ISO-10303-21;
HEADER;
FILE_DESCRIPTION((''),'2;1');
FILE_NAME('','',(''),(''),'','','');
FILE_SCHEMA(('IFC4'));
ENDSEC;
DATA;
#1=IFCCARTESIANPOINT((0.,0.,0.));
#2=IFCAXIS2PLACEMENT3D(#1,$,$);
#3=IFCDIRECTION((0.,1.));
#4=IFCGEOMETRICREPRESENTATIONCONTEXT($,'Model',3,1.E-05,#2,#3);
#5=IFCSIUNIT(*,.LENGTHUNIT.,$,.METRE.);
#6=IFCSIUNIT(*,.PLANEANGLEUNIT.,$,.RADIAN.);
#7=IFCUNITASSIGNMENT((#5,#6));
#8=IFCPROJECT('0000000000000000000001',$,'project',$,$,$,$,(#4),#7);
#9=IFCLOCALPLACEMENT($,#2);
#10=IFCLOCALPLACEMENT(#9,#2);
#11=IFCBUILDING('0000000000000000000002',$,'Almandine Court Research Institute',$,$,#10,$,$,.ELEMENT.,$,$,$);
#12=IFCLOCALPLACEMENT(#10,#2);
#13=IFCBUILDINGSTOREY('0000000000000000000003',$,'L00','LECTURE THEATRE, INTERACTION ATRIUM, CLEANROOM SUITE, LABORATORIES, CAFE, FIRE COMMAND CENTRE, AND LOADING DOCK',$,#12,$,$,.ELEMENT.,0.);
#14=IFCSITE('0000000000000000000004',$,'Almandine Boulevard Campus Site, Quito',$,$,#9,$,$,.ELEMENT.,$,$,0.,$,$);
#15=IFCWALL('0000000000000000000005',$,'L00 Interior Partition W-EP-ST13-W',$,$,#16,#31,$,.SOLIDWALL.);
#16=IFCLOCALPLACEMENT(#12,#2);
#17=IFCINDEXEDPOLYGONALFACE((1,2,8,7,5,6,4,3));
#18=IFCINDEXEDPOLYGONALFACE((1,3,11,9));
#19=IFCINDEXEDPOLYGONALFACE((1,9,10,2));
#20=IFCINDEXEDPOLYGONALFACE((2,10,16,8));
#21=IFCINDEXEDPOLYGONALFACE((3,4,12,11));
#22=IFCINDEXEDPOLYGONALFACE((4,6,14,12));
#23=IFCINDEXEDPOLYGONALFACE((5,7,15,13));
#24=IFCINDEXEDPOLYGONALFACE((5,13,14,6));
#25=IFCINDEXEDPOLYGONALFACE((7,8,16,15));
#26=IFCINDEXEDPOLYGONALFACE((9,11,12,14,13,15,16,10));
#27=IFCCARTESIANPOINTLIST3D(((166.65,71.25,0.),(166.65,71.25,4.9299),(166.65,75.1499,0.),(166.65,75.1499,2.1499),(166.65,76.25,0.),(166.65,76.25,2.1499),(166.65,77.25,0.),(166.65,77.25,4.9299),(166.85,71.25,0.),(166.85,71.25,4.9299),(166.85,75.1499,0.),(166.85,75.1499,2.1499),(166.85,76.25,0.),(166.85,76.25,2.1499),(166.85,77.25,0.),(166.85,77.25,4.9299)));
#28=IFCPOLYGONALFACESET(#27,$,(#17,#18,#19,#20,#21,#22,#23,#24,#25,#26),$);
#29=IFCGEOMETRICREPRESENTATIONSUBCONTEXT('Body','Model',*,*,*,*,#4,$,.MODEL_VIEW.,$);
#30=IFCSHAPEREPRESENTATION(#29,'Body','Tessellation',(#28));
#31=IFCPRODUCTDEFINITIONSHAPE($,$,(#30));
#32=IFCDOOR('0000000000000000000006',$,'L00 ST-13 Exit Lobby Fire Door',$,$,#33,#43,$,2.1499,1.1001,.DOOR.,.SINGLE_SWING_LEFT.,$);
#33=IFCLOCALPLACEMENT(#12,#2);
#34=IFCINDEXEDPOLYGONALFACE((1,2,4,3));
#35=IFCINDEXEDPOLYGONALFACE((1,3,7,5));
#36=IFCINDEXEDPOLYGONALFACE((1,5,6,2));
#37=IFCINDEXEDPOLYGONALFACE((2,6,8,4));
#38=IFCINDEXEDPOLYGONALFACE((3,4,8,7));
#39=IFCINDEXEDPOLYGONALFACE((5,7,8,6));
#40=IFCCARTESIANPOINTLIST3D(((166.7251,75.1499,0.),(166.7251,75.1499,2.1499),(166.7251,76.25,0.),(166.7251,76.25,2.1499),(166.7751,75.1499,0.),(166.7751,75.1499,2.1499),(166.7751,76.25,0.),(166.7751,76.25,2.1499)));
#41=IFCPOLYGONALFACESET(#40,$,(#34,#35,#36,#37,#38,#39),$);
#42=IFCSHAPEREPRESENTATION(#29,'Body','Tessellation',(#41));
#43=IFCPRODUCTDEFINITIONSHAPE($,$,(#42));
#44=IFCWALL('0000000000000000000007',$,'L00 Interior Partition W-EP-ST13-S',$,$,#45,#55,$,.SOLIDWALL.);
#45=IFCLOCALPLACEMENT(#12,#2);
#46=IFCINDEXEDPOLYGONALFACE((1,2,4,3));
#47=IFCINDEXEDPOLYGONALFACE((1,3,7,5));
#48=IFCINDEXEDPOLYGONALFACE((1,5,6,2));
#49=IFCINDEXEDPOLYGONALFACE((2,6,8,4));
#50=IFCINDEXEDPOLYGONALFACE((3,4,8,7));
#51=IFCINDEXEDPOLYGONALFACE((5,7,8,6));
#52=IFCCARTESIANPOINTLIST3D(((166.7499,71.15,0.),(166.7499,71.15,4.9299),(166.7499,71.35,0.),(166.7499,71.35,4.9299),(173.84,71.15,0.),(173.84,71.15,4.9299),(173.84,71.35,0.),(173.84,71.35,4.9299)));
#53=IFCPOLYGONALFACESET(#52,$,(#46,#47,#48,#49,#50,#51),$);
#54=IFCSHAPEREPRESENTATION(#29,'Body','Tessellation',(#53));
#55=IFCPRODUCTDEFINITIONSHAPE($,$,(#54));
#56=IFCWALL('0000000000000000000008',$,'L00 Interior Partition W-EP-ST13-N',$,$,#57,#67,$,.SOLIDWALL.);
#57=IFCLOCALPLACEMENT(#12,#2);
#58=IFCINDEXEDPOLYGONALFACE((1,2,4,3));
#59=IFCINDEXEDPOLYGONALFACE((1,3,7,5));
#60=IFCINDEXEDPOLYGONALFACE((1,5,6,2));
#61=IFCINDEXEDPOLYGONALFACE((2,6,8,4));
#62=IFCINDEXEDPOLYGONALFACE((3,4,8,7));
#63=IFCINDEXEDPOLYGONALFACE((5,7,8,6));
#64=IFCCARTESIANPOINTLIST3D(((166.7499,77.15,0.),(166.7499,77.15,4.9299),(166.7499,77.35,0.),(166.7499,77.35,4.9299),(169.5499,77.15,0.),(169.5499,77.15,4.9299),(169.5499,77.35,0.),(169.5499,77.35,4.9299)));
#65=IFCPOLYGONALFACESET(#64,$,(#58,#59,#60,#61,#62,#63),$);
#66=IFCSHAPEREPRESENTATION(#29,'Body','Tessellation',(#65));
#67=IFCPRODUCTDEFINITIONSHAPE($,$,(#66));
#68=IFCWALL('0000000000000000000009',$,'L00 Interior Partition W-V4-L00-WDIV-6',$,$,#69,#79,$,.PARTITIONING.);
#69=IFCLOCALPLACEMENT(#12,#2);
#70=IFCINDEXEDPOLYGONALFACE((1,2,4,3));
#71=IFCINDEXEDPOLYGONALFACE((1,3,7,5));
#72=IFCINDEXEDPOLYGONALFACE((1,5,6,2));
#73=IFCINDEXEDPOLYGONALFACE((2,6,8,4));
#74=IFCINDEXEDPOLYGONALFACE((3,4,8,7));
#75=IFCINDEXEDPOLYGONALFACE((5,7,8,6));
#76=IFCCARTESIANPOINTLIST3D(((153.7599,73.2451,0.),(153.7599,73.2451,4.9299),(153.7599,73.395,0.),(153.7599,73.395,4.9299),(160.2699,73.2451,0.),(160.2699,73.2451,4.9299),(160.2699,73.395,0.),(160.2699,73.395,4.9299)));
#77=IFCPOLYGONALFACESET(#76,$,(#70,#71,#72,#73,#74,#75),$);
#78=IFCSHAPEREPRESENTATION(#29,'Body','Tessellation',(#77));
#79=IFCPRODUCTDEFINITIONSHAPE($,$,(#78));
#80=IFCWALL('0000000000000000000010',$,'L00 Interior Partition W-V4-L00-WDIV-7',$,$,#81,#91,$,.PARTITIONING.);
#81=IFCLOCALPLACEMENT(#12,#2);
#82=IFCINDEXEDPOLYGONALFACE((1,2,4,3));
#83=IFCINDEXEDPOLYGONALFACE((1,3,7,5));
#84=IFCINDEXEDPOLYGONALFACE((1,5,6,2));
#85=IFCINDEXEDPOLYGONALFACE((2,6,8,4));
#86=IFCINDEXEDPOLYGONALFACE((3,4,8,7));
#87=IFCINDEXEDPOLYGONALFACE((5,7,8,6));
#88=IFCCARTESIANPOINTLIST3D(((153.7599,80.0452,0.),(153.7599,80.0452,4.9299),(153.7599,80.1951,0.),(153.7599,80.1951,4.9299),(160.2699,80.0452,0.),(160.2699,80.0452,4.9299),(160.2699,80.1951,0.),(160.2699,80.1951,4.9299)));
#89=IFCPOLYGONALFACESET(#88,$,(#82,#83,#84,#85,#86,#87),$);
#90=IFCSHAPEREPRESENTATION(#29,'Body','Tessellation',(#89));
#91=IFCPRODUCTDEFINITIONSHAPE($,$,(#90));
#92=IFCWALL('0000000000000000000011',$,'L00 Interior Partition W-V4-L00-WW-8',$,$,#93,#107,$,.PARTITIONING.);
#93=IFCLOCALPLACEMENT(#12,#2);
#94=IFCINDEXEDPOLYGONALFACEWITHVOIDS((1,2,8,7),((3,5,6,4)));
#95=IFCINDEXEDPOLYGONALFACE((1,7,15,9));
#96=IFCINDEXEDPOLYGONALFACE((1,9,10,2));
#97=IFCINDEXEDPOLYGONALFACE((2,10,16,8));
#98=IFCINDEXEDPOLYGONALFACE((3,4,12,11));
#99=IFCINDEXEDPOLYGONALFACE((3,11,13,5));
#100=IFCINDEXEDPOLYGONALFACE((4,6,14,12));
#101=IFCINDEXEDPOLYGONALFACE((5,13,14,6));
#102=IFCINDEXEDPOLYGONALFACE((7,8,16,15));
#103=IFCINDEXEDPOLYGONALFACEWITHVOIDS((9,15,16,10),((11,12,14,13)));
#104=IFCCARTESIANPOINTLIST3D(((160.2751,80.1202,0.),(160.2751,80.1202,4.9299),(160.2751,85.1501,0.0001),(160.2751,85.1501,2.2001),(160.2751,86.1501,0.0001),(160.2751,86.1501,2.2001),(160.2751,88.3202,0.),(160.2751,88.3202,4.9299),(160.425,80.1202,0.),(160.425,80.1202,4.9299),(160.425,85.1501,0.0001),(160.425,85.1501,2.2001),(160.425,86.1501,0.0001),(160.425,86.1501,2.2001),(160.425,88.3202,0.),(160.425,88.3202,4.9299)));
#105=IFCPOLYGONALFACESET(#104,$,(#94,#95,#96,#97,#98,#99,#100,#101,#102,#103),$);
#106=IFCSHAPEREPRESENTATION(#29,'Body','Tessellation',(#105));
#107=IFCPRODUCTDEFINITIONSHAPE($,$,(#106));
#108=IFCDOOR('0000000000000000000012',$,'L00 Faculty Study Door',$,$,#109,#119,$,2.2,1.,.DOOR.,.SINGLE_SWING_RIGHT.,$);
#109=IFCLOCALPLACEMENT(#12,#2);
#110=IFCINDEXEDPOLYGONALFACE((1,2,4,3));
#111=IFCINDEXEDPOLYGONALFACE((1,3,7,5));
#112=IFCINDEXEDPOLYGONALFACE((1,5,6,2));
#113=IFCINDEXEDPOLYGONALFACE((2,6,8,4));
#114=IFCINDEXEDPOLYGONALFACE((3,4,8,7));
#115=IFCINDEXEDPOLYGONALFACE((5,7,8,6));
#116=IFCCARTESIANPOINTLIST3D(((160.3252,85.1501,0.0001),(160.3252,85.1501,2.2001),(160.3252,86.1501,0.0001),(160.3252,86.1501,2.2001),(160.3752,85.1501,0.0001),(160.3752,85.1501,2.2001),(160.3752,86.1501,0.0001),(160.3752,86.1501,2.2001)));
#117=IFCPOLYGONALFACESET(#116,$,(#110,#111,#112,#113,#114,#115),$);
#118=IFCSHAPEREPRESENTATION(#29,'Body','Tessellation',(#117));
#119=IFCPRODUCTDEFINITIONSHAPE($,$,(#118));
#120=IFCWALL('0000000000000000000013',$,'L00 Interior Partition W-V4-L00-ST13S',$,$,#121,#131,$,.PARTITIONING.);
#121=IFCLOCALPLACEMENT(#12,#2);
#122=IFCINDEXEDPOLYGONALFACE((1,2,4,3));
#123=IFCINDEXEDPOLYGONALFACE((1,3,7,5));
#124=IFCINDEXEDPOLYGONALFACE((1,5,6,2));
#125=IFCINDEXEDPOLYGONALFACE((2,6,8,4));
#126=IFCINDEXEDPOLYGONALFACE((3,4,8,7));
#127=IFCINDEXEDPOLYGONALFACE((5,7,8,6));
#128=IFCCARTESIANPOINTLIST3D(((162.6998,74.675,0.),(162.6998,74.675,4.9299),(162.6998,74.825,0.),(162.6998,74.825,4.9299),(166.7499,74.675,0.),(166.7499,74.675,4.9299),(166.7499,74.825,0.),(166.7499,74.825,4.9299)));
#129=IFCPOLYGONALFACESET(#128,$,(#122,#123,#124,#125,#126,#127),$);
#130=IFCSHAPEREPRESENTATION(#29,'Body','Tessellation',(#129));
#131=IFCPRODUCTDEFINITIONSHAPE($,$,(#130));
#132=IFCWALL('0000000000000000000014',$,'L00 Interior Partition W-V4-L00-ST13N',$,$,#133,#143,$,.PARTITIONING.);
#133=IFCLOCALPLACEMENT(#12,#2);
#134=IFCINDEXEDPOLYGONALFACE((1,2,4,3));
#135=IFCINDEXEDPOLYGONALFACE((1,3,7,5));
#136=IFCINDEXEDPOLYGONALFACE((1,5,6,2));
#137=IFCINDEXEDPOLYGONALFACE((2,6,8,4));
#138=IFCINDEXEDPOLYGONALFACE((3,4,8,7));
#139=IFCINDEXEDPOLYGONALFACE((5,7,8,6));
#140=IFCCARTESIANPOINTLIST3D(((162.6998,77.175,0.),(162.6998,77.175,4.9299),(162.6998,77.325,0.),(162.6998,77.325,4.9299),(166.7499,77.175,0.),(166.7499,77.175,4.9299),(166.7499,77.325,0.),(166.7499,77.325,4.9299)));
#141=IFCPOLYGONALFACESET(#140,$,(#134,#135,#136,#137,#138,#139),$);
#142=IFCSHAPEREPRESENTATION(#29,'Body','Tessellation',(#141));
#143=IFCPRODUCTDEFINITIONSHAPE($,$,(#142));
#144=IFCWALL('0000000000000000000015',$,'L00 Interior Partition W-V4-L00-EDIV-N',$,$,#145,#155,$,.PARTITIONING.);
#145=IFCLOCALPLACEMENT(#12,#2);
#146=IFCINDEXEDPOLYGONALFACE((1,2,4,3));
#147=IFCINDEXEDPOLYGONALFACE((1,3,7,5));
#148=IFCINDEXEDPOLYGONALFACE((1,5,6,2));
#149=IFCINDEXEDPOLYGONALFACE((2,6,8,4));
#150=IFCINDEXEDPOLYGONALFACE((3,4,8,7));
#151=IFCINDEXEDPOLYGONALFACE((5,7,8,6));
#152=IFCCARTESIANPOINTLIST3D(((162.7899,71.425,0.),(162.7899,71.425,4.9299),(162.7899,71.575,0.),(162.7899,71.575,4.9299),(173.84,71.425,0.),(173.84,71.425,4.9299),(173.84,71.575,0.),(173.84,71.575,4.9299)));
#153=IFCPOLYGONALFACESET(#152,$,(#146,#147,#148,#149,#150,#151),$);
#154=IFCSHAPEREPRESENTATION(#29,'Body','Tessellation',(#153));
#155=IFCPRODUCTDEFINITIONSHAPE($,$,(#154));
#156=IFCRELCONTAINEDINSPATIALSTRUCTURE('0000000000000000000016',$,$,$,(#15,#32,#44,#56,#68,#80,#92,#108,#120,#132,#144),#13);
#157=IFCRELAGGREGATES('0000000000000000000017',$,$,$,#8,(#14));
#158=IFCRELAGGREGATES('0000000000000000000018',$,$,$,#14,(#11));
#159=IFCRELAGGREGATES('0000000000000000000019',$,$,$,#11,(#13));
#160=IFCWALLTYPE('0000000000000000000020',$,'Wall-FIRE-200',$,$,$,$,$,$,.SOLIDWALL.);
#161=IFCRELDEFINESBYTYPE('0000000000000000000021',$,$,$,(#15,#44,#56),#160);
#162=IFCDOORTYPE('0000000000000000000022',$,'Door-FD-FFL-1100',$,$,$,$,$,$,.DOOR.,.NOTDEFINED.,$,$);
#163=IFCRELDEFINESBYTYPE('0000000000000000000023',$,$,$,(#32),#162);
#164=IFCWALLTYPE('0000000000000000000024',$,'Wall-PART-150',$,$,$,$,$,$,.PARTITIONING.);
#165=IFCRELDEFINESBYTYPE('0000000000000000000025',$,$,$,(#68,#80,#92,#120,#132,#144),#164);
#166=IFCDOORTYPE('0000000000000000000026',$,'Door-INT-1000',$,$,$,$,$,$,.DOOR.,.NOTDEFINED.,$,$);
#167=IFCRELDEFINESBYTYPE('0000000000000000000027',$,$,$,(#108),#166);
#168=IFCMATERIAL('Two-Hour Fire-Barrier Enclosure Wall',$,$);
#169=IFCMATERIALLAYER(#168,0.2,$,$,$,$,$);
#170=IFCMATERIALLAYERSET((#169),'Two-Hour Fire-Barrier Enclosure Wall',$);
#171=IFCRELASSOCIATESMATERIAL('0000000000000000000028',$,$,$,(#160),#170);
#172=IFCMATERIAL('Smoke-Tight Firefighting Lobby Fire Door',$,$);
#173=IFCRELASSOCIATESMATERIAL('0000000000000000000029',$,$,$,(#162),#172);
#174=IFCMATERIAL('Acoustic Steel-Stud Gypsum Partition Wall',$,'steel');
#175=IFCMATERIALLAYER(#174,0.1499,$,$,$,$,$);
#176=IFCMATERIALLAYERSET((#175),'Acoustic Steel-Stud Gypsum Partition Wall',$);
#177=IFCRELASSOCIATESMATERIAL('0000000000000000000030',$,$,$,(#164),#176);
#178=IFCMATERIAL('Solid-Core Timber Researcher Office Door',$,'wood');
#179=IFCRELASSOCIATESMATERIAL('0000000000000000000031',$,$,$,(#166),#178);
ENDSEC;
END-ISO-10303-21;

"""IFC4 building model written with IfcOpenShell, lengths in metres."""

from ifc_helpers import new_model, si_unit, direction, frame, frame_2d, origin, place, context, subcontext, project, spatial, rectangle, extrude, material, layer, layer_set, type_object, element, fill, save


model = new_model("IFC4")

# Units and contexts
model_context = context("Model", 3, precision=1e-05, world=origin(), true_north=direction((0.0, 1.0)))
body_context = subcontext(model_context, "Body", "Model", "MODEL_VIEW")
ifc_project = project(units=[si_unit("LENGTHUNIT", "METRE"), si_unit("PLANEANGLEUNIT", "RADIAN")], contexts=[model_context])

# Site, building, storey
site_placement = place(None, origin())
site = spatial("IfcSite", under=ifc_project, at=site_placement, Name="Almandine Boulevard Campus Site, Quito", CompositionType="ELEMENT", RefElevation=0.0)
building_placement = place(site_placement, origin())
building = spatial("IfcBuilding", under=site, at=building_placement, Name="Almandine Court Research Institute", CompositionType="ELEMENT")
storey_placement = place(building_placement, origin())
storey = spatial("IfcBuildingStorey", under=building, at=storey_placement, Name="L00", Description="LECTURE THEATRE, INTERACTION ATRIUM, CLEANROOM SUITE, LABORATORIES, CAFE, FIRE COMMAND CENTRE, AND LOADING DOCK", CompositionType="ELEMENT", Elevation=0.0)

# Wall, opening, door
ifc_material_1 = material(Name="Two-Hour Fire-Barrier Enclosure Wall")
ifc_layer_1 = layer(ifc_material_1, 0.2)
ifc_layer_set_1 = layer_set([ifc_layer_1], Name="Two-Hour Fire-Barrier Enclosure Wall")
wall_type_1 = type_object("IfcWallType", Name="Wall-FIRE-200", PredefinedType="SOLIDWALL", material=ifc_layer_set_1)
wall_1_placement = place(storey_placement, frame((166.75, 71.25, 0.0), z_axis=(0.0, 0.0, 1.0), x_axis=(0.0, 1.0, 0.0)))
wall_1 = element("IfcWall", 1, at=wall_1_placement, inside=storey, type_object=wall_type_1, Name="L00 Interior Partition W-EP-ST13-W", PredefinedType="SOLIDWALL", context=body_context, shape_type="SweptSolid", body=[
    extrude(rectangle(XDim=6.0, YDim=0.2, at=frame_2d((3.0, 0.0))), origin(), (0.0, 0.0, 1.0), 4.9299),
])
opening_1_placement = place(wall_1_placement, frame((3.8999, 0.0, 0.0)))
opening_1 = element("IfcOpeningElement", 2, at=opening_1_placement, cuts=wall_1, PredefinedType="OPENING", context=body_context, shape_type="SweptSolid", body=[
    extrude(rectangle(XDim=1.1001, YDim=2.1499, at=frame_2d((0.55, 1.075))), frame((0.0, 0.1099, 0.0), z_axis=(0.0, -1.0, 0.0), x_axis=(1.0, 0.0, 0.0)), (0.0, 0.0, 1.0), 0.22),
])
ifc_material_2 = material(Name="Smoke-Tight Firefighting Lobby Fire Door")
door_type_1 = type_object("IfcDoorType", Name="Door-FD-FFL-1100", OperationType="NOTDEFINED", PredefinedType="DOOR", material=ifc_material_2)
door_1_placement = place(opening_1_placement, origin())
door_1 = element("IfcDoor", 3, at=door_1_placement, inside=storey, type_object=door_type_1, Name="L00 ST-13 Exit Lobby Fire Door", OperationType="SINGLE_SWING_LEFT", OverallHeight=2.1499, OverallWidth=1.1001, PredefinedType="DOOR", context=body_context, shape_type="SweptSolid", body=[
    extrude(rectangle(XDim=1.1001, YDim=2.1499, at=frame_2d((0.55, 1.075))), frame((0.0, 0.0249, 0.0), z_axis=(0.0, -1.0, 0.0), x_axis=(1.0, 0.0, 0.0)), (0.0, 0.0, 1.0), 0.05),
])
fill(opening_1, door_1)

# Walls
wall_2_placement = place(storey_placement, frame((166.75, 71.25, 0.0), z_axis=(0.0, 0.0, 1.0), x_axis=(1.0, 0.0, 0.0)))
element("IfcWall", 4, at=wall_2_placement, inside=storey, type_object=wall_type_1, Name="L00 Interior Partition W-EP-ST13-S", PredefinedType="SOLIDWALL", context=body_context, shape_type="SweptSolid", body=[
    extrude(rectangle(XDim=7.0901, YDim=0.2, at=frame_2d((3.5449, 0.0))), origin(), (0.0, 0.0, 1.0), 4.9299),
])
wall_3_placement = place(storey_placement, frame((166.75, 77.25, 0.0), z_axis=(0.0, 0.0, 1.0), x_axis=(1.0, 0.0, 0.0)))
element("IfcWall", 5, at=wall_3_placement, inside=storey, type_object=wall_type_1, Name="L00 Interior Partition W-EP-ST13-N", PredefinedType="SOLIDWALL", context=body_context, shape_type="SweptSolid", body=[
    extrude(rectangle(XDim=2.8, YDim=0.2, at=frame_2d((1.3999, 0.0))), origin(), (0.0, 0.0, 1.0), 4.9299),
])
ifc_material_3 = material(Name="Acoustic Steel-Stud Gypsum Partition Wall", Category="steel")
ifc_layer_2 = layer(ifc_material_3, 0.1499)
ifc_layer_set_2 = layer_set([ifc_layer_2], Name="Acoustic Steel-Stud Gypsum Partition Wall")
wall_type_2 = type_object("IfcWallType", Name="Wall-PART-150", PredefinedType="PARTITIONING", material=ifc_layer_set_2)
for number, where, z_axis, x_axis, name in (
    (6, (153.76, 73.3201, 0.0), (0.0, 0.0, 1.0), (1.0, 0.0, 0.0), "L00 Interior Partition W-V4-L00-WDIV-6"),
    (7, (153.76, 80.1201, 0.0), (0.0, 0.0, 1.0), (1.0, 0.0, 0.0), "L00 Interior Partition W-V4-L00-WDIV-7"),
):
    element("IfcWall", number, at=place(storey_placement, frame(where, z_axis=z_axis, x_axis=x_axis)), inside=storey, type_object=wall_type_2, Name=name, PredefinedType="PARTITIONING", context=body_context, shape_type="SweptSolid", body=[
        extrude(rectangle(XDim=6.51, YDim=0.1499, at=frame_2d((3.2549, 0.0))), origin(), (0.0, 0.0, 1.0), 4.9299),
    ])

# Wall, opening, door
wall_4_placement = place(storey_placement, frame((160.3501, 80.1201, 0.0), z_axis=(0.0, 0.0, 1.0), x_axis=(0.0, 1.0, 0.0)))
wall_4 = element("IfcWall", 8, at=wall_4_placement, inside=storey, type_object=wall_type_2, Name="L00 Interior Partition W-V4-L00-WW-8", PredefinedType="PARTITIONING", context=body_context, shape_type="SweptSolid", body=[
    extrude(rectangle(XDim=8.2, YDim=0.1499, at=frame_2d((4.1001, 0.0))), origin(), (0.0, 0.0, 1.0), 4.9299),
])
opening_2_placement = place(wall_4_placement, frame((5.03, 0.0, 0.0)))
opening_2 = element("IfcOpeningElement", 9, at=opening_2_placement, cuts=wall_4, PredefinedType="OPENING", context=body_context, shape_type="SweptSolid", body=[
    extrude(rectangle(XDim=1.0, YDim=2.2, at=frame_2d((0.5, 1.1001))), frame((0.0, 0.085, 0.0), z_axis=(0.0, -1.0, 0.0), x_axis=(1.0, 0.0, 0.0)), (0.0, 0.0, 1.0), 0.1699),
])
ifc_material_4 = material(Name="Solid-Core Timber Researcher Office Door", Category="wood")
door_type_2 = type_object("IfcDoorType", Name="Door-INT-1000", OperationType="NOTDEFINED", PredefinedType="DOOR", material=ifc_material_4)
door_2_placement = place(opening_2_placement, origin())
door_2 = element("IfcDoor", 10, at=door_2_placement, inside=storey, type_object=door_type_2, Name="L00 Faculty Study Door", OperationType="SINGLE_SWING_RIGHT", OverallHeight=2.2, OverallWidth=1.0, PredefinedType="DOOR", context=body_context, shape_type="SweptSolid", body=[
    extrude(rectangle(XDim=1.0, YDim=2.2, at=frame_2d((0.5, 1.1001))), frame((0.0, 0.0249, 0.0), z_axis=(0.0, -1.0, 0.0), x_axis=(1.0, 0.0, 0.0)), (0.0, 0.0, 1.0), 0.05),
])
fill(opening_2, door_2)

# Walls
for number, where, z_axis, x_axis, name in (
    (11, (162.7, 74.75, 0.0), (0.0, 0.0, 1.0), (1.0, 0.0, 0.0), "L00 Interior Partition W-V4-L00-ST13S"),
    (12, (162.7, 77.25, 0.0), (0.0, 0.0, 1.0), (1.0, 0.0, 0.0), "L00 Interior Partition W-V4-L00-ST13N"),
):
    element("IfcWall", number, at=place(storey_placement, frame(where, z_axis=z_axis, x_axis=x_axis)), inside=storey, type_object=wall_type_2, Name=name, PredefinedType="PARTITIONING", context=body_context, shape_type="SweptSolid", body=[
        extrude(rectangle(XDim=4.05, YDim=0.1499, at=frame_2d((2.0249, 0.0))), origin(), (0.0, 0.0, 1.0), 4.9299),
    ])
wall_5_placement = place(storey_placement, frame((162.79, 71.5, 0.0), z_axis=(0.0, 0.0, 1.0), x_axis=(1.0, 0.0, 0.0)))
element("IfcWall", 13, at=wall_5_placement, inside=storey, type_object=wall_type_2, Name="L00 Interior Partition W-V4-L00-EDIV-N", PredefinedType="PARTITIONING", context=body_context, shape_type="SweptSolid", body=[
    extrude(rectangle(XDim=11.05, YDim=0.1499, at=frame_2d((5.5249, 0.0))), origin(), (0.0, 0.0, 1.0), 4.9299),
])

save(model, "model.ifc")
